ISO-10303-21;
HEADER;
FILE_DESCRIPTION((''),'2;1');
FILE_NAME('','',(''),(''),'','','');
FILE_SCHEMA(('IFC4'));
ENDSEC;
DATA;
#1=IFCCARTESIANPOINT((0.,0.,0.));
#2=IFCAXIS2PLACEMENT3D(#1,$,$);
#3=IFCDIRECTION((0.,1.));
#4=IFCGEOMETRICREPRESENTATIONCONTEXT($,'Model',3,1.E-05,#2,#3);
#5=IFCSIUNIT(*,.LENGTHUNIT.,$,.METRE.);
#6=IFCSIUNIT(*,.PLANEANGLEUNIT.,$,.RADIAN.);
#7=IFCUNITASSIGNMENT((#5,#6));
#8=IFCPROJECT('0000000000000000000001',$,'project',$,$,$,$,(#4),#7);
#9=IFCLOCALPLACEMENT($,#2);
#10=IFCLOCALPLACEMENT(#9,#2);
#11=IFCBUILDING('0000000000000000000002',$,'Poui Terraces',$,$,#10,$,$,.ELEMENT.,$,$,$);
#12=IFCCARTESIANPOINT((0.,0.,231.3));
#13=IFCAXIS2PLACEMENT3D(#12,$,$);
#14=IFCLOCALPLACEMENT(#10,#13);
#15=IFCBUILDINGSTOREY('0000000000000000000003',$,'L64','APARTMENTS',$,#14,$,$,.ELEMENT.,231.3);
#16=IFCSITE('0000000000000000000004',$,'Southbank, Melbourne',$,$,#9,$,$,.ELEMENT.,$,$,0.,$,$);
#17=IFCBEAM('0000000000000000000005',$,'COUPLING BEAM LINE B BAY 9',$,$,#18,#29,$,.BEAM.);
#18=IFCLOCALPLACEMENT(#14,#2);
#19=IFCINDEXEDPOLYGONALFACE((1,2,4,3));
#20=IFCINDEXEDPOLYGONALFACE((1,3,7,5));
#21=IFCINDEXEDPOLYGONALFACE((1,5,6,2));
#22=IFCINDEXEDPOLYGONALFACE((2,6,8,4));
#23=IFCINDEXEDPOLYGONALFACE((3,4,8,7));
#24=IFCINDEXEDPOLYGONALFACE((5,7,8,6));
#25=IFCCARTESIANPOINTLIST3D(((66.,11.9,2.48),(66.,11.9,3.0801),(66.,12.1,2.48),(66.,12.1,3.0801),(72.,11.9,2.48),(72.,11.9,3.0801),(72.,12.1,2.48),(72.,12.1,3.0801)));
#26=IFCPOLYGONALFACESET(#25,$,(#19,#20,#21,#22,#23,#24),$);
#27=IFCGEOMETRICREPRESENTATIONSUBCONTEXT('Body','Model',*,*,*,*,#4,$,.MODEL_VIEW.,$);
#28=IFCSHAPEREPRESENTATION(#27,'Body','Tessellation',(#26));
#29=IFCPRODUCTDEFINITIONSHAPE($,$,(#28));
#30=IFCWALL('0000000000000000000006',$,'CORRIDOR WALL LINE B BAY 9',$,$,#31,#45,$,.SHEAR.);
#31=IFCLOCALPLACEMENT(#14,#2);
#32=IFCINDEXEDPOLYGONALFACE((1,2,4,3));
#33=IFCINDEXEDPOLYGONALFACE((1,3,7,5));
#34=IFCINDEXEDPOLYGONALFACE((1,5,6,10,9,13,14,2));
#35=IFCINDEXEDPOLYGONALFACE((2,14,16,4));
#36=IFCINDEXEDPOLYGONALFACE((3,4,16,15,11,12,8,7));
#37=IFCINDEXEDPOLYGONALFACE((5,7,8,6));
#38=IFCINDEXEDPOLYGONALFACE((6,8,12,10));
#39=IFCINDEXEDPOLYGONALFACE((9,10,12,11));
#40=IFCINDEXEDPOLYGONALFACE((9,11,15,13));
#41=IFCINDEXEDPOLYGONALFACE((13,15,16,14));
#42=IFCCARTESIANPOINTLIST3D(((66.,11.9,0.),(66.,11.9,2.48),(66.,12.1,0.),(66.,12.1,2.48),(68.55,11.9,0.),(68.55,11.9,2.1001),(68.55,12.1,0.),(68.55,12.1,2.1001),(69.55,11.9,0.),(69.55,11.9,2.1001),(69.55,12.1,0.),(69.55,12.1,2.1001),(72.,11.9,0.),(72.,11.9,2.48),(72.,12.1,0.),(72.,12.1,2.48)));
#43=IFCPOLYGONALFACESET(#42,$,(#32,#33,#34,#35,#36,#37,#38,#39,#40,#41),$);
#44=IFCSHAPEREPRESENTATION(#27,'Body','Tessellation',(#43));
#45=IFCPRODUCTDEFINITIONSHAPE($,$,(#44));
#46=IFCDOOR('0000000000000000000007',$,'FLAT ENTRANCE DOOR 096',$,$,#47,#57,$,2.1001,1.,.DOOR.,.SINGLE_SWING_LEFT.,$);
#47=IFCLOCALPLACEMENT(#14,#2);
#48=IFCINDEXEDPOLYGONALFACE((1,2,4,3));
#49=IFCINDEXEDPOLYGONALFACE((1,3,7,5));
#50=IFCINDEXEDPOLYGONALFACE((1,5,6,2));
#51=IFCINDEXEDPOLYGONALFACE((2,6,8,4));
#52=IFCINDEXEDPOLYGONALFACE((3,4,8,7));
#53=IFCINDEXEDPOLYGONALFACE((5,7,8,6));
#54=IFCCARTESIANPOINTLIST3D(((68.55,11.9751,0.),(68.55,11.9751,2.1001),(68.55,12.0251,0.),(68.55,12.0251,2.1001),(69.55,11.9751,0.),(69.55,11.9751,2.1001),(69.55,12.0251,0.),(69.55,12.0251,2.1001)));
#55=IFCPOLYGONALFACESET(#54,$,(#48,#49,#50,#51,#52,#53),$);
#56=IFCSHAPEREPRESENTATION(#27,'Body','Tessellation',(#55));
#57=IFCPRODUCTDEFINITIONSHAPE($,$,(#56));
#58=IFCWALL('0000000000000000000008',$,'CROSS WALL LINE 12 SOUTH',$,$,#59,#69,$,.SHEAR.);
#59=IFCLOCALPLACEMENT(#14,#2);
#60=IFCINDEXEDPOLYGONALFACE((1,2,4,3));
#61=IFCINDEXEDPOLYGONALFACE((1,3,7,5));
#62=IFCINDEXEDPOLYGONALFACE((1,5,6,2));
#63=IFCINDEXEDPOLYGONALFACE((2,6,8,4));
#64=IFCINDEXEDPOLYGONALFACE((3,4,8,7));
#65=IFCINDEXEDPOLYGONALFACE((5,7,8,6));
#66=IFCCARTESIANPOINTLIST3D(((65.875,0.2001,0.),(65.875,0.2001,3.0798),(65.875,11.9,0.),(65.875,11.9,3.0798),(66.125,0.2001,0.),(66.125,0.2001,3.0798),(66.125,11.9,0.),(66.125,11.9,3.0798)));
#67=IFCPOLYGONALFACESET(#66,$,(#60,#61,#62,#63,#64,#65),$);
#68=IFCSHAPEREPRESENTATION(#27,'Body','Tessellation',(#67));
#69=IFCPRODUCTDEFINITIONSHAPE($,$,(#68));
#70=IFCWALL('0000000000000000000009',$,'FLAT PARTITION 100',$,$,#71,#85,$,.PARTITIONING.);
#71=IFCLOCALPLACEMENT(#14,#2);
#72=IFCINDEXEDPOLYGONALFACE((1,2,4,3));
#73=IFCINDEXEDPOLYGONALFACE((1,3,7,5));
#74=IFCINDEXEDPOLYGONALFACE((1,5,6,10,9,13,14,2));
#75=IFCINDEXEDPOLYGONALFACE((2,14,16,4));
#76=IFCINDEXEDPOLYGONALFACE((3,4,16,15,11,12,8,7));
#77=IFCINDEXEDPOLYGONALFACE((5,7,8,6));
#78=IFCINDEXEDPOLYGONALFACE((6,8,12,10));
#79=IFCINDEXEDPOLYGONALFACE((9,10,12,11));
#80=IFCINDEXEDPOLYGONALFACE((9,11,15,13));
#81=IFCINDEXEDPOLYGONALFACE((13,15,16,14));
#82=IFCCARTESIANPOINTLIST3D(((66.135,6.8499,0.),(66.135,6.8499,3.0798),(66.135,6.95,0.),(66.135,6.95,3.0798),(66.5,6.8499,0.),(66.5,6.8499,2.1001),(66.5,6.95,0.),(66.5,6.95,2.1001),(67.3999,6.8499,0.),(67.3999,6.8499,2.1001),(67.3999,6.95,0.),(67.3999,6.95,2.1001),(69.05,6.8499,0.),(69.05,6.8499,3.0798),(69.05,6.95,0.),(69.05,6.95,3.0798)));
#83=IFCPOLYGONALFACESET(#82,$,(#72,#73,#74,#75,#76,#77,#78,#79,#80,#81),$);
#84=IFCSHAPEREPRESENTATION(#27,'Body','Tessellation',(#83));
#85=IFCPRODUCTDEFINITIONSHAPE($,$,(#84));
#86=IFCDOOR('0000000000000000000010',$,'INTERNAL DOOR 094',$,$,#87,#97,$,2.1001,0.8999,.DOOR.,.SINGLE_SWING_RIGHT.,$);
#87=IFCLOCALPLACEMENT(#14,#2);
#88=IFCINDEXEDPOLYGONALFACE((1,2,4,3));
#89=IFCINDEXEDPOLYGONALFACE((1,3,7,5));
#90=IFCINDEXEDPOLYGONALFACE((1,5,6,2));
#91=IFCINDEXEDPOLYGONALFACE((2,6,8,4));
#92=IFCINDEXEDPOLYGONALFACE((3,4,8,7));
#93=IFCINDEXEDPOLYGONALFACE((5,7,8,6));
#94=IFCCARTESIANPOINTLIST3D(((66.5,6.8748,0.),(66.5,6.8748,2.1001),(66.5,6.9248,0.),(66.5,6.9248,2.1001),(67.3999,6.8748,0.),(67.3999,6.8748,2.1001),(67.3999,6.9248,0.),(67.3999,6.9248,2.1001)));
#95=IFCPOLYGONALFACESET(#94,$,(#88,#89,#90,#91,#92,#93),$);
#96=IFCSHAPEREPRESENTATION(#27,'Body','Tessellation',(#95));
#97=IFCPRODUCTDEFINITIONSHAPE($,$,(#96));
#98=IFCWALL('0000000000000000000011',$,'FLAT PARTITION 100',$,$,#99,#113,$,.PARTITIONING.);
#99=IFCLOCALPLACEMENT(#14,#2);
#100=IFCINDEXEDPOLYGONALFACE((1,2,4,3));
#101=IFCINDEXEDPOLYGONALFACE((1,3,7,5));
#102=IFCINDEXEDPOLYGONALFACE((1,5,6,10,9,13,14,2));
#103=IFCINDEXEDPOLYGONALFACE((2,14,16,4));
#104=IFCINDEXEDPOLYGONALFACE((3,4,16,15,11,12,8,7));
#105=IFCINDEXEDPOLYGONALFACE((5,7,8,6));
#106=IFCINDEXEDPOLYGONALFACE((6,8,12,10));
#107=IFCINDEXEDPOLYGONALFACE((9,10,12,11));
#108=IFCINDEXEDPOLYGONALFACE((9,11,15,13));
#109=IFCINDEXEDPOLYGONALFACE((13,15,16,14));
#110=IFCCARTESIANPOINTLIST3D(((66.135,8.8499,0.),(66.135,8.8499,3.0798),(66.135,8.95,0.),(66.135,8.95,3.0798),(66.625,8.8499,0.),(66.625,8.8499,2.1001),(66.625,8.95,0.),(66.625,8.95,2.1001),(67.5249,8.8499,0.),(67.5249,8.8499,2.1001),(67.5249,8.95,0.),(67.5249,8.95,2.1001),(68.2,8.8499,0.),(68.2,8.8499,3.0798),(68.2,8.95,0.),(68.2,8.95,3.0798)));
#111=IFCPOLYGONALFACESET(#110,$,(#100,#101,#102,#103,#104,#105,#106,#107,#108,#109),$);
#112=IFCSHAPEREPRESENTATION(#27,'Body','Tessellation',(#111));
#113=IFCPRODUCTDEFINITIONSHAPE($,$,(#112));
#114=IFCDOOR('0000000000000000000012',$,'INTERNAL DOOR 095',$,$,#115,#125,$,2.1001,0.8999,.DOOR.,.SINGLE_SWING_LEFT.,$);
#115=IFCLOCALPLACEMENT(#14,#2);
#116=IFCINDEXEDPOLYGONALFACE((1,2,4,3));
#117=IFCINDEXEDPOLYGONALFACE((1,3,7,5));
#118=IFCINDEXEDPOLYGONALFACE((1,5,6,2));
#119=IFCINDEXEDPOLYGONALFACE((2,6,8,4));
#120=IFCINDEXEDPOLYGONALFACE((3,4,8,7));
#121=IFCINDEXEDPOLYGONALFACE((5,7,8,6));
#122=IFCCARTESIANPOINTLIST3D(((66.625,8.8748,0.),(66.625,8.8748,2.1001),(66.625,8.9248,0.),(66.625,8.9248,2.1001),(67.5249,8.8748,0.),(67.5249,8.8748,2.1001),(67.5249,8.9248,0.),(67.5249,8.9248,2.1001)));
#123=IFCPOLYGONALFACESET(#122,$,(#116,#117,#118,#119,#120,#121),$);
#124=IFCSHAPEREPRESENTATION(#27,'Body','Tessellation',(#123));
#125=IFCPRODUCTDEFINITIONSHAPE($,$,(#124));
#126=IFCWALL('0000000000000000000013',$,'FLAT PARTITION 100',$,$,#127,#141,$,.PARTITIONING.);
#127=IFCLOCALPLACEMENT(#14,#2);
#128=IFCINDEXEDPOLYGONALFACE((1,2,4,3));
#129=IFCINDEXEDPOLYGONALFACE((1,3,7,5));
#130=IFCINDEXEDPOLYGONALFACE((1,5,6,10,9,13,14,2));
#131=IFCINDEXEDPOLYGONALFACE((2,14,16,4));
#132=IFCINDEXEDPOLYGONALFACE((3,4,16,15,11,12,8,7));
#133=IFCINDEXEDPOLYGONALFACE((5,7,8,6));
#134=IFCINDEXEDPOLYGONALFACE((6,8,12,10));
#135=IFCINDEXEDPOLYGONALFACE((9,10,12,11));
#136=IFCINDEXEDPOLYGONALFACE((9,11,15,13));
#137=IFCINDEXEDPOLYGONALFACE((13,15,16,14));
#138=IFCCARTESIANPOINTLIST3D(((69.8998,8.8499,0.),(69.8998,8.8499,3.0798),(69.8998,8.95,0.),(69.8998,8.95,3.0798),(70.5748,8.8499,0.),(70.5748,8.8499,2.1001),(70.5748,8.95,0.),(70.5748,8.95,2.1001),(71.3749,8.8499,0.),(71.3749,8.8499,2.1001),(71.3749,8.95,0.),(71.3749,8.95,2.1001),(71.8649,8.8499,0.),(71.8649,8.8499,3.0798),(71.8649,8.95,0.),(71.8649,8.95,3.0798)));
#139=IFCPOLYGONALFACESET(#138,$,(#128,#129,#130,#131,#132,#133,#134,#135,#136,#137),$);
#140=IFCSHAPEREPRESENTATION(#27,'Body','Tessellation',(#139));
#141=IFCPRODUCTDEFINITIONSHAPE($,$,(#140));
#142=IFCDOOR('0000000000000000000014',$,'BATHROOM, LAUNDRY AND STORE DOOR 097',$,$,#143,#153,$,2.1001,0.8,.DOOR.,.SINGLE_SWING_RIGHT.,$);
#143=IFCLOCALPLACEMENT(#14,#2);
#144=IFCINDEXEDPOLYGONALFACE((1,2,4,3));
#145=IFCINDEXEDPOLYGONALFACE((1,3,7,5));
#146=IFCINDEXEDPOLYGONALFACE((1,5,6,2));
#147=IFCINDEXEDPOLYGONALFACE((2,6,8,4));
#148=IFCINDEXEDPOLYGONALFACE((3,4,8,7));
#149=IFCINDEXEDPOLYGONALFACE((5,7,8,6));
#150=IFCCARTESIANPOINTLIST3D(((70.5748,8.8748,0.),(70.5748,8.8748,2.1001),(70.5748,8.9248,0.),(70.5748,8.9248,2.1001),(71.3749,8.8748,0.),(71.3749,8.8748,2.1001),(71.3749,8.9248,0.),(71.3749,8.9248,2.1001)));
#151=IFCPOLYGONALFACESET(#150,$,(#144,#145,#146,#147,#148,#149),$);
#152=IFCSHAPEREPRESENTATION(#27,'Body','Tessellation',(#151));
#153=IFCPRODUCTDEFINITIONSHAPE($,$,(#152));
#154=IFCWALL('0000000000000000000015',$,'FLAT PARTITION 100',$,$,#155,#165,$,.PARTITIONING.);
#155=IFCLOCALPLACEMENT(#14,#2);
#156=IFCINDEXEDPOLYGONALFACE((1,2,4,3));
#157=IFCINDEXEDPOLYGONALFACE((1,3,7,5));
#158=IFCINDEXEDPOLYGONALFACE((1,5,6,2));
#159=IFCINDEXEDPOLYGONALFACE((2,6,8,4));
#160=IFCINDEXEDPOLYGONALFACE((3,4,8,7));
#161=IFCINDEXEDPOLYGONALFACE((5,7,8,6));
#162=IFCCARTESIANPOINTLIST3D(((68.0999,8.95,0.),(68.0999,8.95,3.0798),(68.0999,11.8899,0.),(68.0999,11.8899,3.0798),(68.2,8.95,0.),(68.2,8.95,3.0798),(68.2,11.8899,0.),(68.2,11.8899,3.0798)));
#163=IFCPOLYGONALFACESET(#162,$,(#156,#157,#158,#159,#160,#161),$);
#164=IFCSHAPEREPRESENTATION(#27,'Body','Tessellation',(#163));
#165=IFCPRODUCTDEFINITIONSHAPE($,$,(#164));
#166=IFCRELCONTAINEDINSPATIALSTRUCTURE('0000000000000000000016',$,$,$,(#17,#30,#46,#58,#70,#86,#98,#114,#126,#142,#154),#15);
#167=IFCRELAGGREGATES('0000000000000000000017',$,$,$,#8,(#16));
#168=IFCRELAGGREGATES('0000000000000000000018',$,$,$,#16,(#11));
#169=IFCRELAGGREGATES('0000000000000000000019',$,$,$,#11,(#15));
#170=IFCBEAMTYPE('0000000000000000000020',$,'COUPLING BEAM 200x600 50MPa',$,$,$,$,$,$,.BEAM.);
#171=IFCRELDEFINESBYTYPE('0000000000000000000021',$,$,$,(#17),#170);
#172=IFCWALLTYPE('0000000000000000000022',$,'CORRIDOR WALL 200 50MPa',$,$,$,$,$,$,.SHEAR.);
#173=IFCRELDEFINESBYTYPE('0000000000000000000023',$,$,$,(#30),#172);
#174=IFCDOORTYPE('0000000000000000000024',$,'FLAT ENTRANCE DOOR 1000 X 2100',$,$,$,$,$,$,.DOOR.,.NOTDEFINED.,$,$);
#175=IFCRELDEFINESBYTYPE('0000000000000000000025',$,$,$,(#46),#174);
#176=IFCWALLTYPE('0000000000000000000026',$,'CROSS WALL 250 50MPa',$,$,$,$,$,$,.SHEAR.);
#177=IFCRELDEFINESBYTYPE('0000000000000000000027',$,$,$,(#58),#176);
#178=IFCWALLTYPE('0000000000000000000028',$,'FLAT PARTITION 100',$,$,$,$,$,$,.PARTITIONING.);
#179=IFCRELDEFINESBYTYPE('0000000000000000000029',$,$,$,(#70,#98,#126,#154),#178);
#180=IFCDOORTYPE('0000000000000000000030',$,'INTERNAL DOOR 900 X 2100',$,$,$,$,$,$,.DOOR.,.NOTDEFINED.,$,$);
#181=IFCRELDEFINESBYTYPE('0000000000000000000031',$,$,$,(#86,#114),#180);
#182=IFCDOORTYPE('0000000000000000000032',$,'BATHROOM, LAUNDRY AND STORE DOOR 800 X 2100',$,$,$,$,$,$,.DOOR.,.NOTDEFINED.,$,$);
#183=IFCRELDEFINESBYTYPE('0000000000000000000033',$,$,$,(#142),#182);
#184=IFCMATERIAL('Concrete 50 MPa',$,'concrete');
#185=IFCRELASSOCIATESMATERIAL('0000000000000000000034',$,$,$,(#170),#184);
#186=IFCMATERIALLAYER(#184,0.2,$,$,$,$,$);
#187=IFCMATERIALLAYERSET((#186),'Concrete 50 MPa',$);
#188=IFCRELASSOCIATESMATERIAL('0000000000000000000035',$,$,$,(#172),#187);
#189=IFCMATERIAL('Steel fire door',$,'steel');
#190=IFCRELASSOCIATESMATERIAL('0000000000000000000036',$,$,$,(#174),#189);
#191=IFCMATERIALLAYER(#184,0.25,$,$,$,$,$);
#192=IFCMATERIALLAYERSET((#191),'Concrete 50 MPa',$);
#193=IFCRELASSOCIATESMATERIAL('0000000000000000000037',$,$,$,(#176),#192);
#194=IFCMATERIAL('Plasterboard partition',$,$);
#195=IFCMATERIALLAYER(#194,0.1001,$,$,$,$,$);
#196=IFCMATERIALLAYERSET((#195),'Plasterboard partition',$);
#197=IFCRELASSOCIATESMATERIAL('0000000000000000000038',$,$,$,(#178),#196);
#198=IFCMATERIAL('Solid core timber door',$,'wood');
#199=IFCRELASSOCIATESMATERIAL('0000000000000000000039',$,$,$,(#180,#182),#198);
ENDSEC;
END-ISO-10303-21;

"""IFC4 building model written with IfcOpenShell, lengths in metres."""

from ifc_helpers import new_model, si_unit, direction, frame, frame_2d, origin, origin_2d, place, context, subcontext, project, spatial, rectangle, extrude, source, transform, mapped, material, layer, layer_set, material_profile, profile_set, type_object, element, fill, save


model = new_model("IFC4")

# Units and contexts
model_context = context("Model", 3, precision=1e-05, world=origin(), true_north=direction((0.0, 1.0)))
body_context = subcontext(model_context, "Body", "Model", "MODEL_VIEW")
ifc_project = project(units=[si_unit("LENGTHUNIT", "METRE"), si_unit("PLANEANGLEUNIT", "RADIAN")], contexts=[model_context])

# Site, building, storey
site_placement = place(None, origin())
site = spatial("IfcSite", under=ifc_project, at=site_placement, Name="Southbank, Melbourne", CompositionType="ELEMENT", RefElevation=0.0)
building_placement = place(site_placement, origin())
building = spatial("IfcBuilding", under=site, at=building_placement, Name="Poui Terraces", CompositionType="ELEMENT")
storey_placement = place(building_placement, frame((0.0, 0.0, 231.3)))
storey = spatial("IfcBuildingStorey", under=building, at=storey_placement, Name="L64", Description="APARTMENTS", CompositionType="ELEMENT", Elevation=231.3)

# Beam
ifc_material_1 = material(Name="Concrete 50 MPa", Category="concrete")
ifc_material_profile = material_profile(ifc_material_1, rectangle(XDim=0.2, YDim=0.6001, at=origin_2d()), Name="RC 200x600")
ifc_profile_set = profile_set([ifc_material_profile], Name="Concrete 50 MPa")
beam_type = type_object("IfcBeamType", Name="COUPLING BEAM 200x600 50MPa", PredefinedType="BEAM", material=ifc_profile_set)
shared_shape_1 = source(origin(), body_context, "Body", "SweptSolid", [
    extrude(rectangle(XDim=0.2, YDim=0.6001, at=origin_2d()), origin(), (0.0, 0.0, 1.0), 6.0),
])
beam_placement = place(storey_placement, frame((66.0, 12.0, 2.78), z_axis=(1.0, 0.0, 0.0), x_axis=(0.0, 1.0, 0.0)))
element("IfcBeam", 1, at=beam_placement, inside=storey, type_object=beam_type, Name="COUPLING BEAM LINE B BAY 9", PredefinedType="BEAM", context=body_context, shape_type="MappedRepresentation", body=[
    mapped(shared_shape_1, transform((0.0, 0.0, 0.0))),
])

# Wall, opening, door
ifc_layer_1 = layer(ifc_material_1, 0.2)
ifc_layer_set_1 = layer_set([ifc_layer_1], Name="Concrete 50 MPa")
wall_type_1 = type_object("IfcWallType", Name="CORRIDOR WALL 200 50MPa", PredefinedType="SHEAR", material=ifc_layer_set_1)
wall_1_placement = place(storey_placement, frame((66.0, 12.0, 0.0), z_axis=(0.0, 0.0, 1.0), x_axis=(1.0, 0.0, 0.0)))
wall_1 = element("IfcWall", 2, at=wall_1_placement, inside=storey, type_object=wall_type_1, Name="CORRIDOR WALL LINE B BAY 9", PredefinedType="SHEAR", context=body_context, shape_type="SweptSolid", body=[
    extrude(rectangle(XDim=6.0, YDim=0.2, at=frame_2d((3.0, 0.0))), origin(), (0.0, 0.0, 1.0), 2.48),
])
opening_1_placement = place(wall_1_placement, frame((2.55, 0.0, 0.0)))
opening_1 = element("IfcOpeningElement", 3, at=opening_1_placement, cuts=wall_1, PredefinedType="OPENING", context=body_context, shape_type="SweptSolid", body=[
    extrude(rectangle(XDim=1.0, YDim=2.1001, at=frame_2d((0.5, 1.05))), frame((0.0, 0.1099, 0.0), z_axis=(0.0, -1.0, 0.0), x_axis=(1.0, 0.0, 0.0)), (0.0, 0.0, 1.0), 0.22),
])
ifc_material_2 = material(Name="Steel fire door", Category="steel")
door_type_1 = type_object("IfcDoorType", Name="FLAT ENTRANCE DOOR 1000 X 2100", OperationType="NOTDEFINED", PredefinedType="DOOR", material=ifc_material_2)
door_1_placement = place(opening_1_placement, frame((1.0, 0.0, 0.0), z_axis=(0.0, 0.0, 1.0), x_axis=(-1.0, 0.0, 0.0)))
door_1 = element("IfcDoor", 4, at=door_1_placement, inside=storey, type_object=door_type_1, Name="FLAT ENTRANCE DOOR 096", OperationType="SINGLE_SWING_LEFT", OverallHeight=2.1001, OverallWidth=1.0, PredefinedType="DOOR", context=body_context, shape_type="SweptSolid", body=[
    extrude(rectangle(XDim=1.0, YDim=2.1001, at=frame_2d((0.5, 1.05))), frame((0.0, 0.0249, 0.0), z_axis=(0.0, -1.0, 0.0), x_axis=(1.0, 0.0, 0.0)), (0.0, 0.0, 1.0), 0.05),
])
fill(opening_1, door_1)

# Wall
ifc_layer_2 = layer(ifc_material_1, 0.25)
ifc_layer_set_2 = layer_set([ifc_layer_2], Name="Concrete 50 MPa")
wall_type_2 = type_object("IfcWallType", Name="CROSS WALL 250 50MPa", PredefinedType="SHEAR", material=ifc_layer_set_2)
wall_2_placement = place(storey_placement, frame((66.0, 0.2, 0.0), z_axis=(0.0, 0.0, 1.0), x_axis=(0.0, 1.0, 0.0)))
element("IfcWall", 5, at=wall_2_placement, inside=storey, type_object=wall_type_2, Name="CROSS WALL LINE 12 SOUTH", PredefinedType="SHEAR", context=body_context, shape_type="SweptSolid", body=[
    extrude(rectangle(XDim=11.7, YDim=0.25, at=frame_2d((5.8501, 0.0))), origin(), (0.0, 0.0, 1.0), 3.0798),
])

# Walls, openings, doors
ifc_material_3 = material(Name="Plasterboard partition")
ifc_layer_3 = layer(ifc_material_3, 0.1001)
ifc_layer_set_3 = layer_set([ifc_layer_3], Name="Plasterboard partition")
wall_type_3 = type_object("IfcWallType", Name="FLAT PARTITION 100", PredefinedType="PARTITIONING", material=ifc_layer_set_3)
wall_3_placement = place(storey_placement, frame((66.135, 6.8999, 0.0), z_axis=(0.0, 0.0, 1.0), x_axis=(1.0, 0.0, 0.0)))
wall_3 = element("IfcWall", 6, at=wall_3_placement, inside=storey, type_object=wall_type_3, Name="FLAT PARTITION 100", PredefinedType="PARTITIONING", context=body_context, shape_type="SweptSolid", body=[
    extrude(rectangle(XDim=2.915, YDim=0.1001, at=frame_2d((1.4575, 0.0))), origin(), (0.0, 0.0, 1.0), 3.0798),
])
opening_2_placement = place(wall_3_placement, frame((0.365, 0.0, 0.0)))
opening_2 = element("IfcOpeningElement", 7, at=opening_2_placement, cuts=wall_3, PredefinedType="OPENING", context=body_context, shape_type="SweptSolid", body=[
    extrude(rectangle(XDim=0.8999, YDim=2.1001, at=frame_2d((0.45, 1.05))), frame((0.0, 0.0601, 0.0), z_axis=(0.0, -1.0, 0.0), x_axis=(1.0, 0.0, 0.0)), (0.0, 0.0, 1.0), 0.1201),
])
ifc_material_4 = material(Name="Solid core timber door", Category="wood")
door_type_2 = type_object("IfcDoorType", Name="INTERNAL DOOR 900 X 2100", OperationType="NOTDEFINED", PredefinedType="DOOR", material=ifc_material_4)
door_2_placement = place(opening_2_placement, origin())
door_2 = element("IfcDoor", 8, at=door_2_placement, inside=storey, type_object=door_type_2, Name="INTERNAL DOOR 094", OperationType="SINGLE_SWING_RIGHT", OverallHeight=2.1001, OverallWidth=0.8999, PredefinedType="DOOR", context=body_context, shape_type="SweptSolid", body=[
    extrude(rectangle(XDim=0.8999, YDim=2.1001, at=frame_2d((0.45, 1.05))), frame((0.0, 0.0249, 0.0), z_axis=(0.0, -1.0, 0.0), x_axis=(1.0, 0.0, 0.0)), (0.0, 0.0, 1.0), 0.05),
])
fill(opening_2, door_2)
wall_4_placement = place(storey_placement, frame((66.135, 8.8999, 0.0), z_axis=(0.0, 0.0, 1.0), x_axis=(1.0, 0.0, 0.0)))
wall_4 = element("IfcWall", 9, at=wall_4_placement, inside=storey, type_object=wall_type_3, Name="FLAT PARTITION 100", PredefinedType="PARTITIONING", context=body_context, shape_type="SweptSolid", body=[
    extrude(rectangle(XDim=2.0649, YDim=0.1001, at=frame_2d((1.0325, 0.0))), origin(), (0.0, 0.0, 1.0), 3.0798),
])
opening_3_placement = place(wall_4_placement, frame((0.49, 0.0, 0.0)))
opening_3 = element("IfcOpeningElement", 10, at=opening_3_placement, cuts=wall_4, PredefinedType="OPENING", context=body_context, shape_type="SweptSolid", body=[
    extrude(rectangle(XDim=0.8999, YDim=2.1001, at=frame_2d((0.45, 1.05))), frame((0.0, 0.0601, 0.0), z_axis=(0.0, -1.0, 0.0), x_axis=(1.0, 0.0, 0.0)), (0.0, 0.0, 1.0), 0.1201),
])
door_3_placement = place(opening_3_placement, origin())
door_3 = element("IfcDoor", 11, at=door_3_placement, inside=storey, type_object=door_type_2, Name="INTERNAL DOOR 095", OperationType="SINGLE_SWING_LEFT", OverallHeight=2.1001, OverallWidth=0.8999, PredefinedType="DOOR", context=body_context, shape_type="SweptSolid", body=[
    extrude(rectangle(XDim=0.8999, YDim=2.1001, at=frame_2d((0.45, 1.05))), frame((0.0, 0.0249, 0.0), z_axis=(0.0, -1.0, 0.0), x_axis=(1.0, 0.0, 0.0)), (0.0, 0.0, 1.0), 0.05),
])
fill(opening_3, door_3)
wall_5_placement = place(storey_placement, frame((69.8999, 8.8999, 0.0), z_axis=(0.0, 0.0, 1.0), x_axis=(1.0, 0.0, 0.0)))
wall_5 = element("IfcWall", 12, at=wall_5_placement, inside=storey, type_object=wall_type_3, Name="FLAT PARTITION 100", PredefinedType="PARTITIONING", context=body_context, shape_type="SweptSolid", body=[
    extrude(rectangle(XDim=1.9651, YDim=0.1001, at=frame_2d((0.9824, 0.0))), origin(), (0.0, 0.0, 1.0), 3.0798),
])
opening_4_placement = place(wall_5_placement, frame((0.675, 0.0, 0.0)))
opening_4 = element("IfcOpeningElement", 13, at=opening_4_placement, cuts=wall_5, PredefinedType="OPENING", context=body_context, shape_type="SweptSolid", body=[
    extrude(rectangle(XDim=0.8, YDim=2.1001, at=frame_2d((0.3999, 1.05))), frame((0.0, 0.0601, 0.0), z_axis=(0.0, -1.0, 0.0), x_axis=(1.0, 0.0, 0.0)), (0.0, 0.0, 1.0), 0.1201),
])
door_type_3 = type_object("IfcDoorType", Name="BATHROOM, LAUNDRY AND STORE DOOR 800 X 2100", OperationType="NOTDEFINED", PredefinedType="DOOR", material=ifc_material_4)
door_4_placement = place(opening_4_placement, origin())
door_4 = element("IfcDoor", 14, at=door_4_placement, inside=storey, type_object=door_type_3, Name="BATHROOM, LAUNDRY AND STORE DOOR 097", OperationType="SINGLE_SWING_RIGHT", OverallHeight=2.1001, OverallWidth=0.8, PredefinedType="DOOR", context=body_context, shape_type="SweptSolid", body=[
    extrude(rectangle(XDim=0.8, YDim=2.1001, at=frame_2d((0.3999, 1.05))), frame((0.0, 0.0249, 0.0), z_axis=(0.0, -1.0, 0.0), x_axis=(1.0, 0.0, 0.0)), (0.0, 0.0, 1.0), 0.05),
])
fill(opening_4, door_4)

# Wall
wall_6_placement = place(storey_placement, frame((68.1499, 8.95, 0.0), z_axis=(0.0, 0.0, 1.0), x_axis=(0.0, 1.0, 0.0)))
element("IfcWall", 15, at=wall_6_placement, inside=storey, type_object=wall_type_3, Name="FLAT PARTITION 100", PredefinedType="PARTITIONING", context=body_context, shape_type="SweptSolid", body=[
    extrude(rectangle(XDim=2.9399, YDim=0.1001, at=frame_2d((1.47, 0.0))), origin(), (0.0, 0.0, 1.0), 3.0798),
])

save(model, "model.ifc")
